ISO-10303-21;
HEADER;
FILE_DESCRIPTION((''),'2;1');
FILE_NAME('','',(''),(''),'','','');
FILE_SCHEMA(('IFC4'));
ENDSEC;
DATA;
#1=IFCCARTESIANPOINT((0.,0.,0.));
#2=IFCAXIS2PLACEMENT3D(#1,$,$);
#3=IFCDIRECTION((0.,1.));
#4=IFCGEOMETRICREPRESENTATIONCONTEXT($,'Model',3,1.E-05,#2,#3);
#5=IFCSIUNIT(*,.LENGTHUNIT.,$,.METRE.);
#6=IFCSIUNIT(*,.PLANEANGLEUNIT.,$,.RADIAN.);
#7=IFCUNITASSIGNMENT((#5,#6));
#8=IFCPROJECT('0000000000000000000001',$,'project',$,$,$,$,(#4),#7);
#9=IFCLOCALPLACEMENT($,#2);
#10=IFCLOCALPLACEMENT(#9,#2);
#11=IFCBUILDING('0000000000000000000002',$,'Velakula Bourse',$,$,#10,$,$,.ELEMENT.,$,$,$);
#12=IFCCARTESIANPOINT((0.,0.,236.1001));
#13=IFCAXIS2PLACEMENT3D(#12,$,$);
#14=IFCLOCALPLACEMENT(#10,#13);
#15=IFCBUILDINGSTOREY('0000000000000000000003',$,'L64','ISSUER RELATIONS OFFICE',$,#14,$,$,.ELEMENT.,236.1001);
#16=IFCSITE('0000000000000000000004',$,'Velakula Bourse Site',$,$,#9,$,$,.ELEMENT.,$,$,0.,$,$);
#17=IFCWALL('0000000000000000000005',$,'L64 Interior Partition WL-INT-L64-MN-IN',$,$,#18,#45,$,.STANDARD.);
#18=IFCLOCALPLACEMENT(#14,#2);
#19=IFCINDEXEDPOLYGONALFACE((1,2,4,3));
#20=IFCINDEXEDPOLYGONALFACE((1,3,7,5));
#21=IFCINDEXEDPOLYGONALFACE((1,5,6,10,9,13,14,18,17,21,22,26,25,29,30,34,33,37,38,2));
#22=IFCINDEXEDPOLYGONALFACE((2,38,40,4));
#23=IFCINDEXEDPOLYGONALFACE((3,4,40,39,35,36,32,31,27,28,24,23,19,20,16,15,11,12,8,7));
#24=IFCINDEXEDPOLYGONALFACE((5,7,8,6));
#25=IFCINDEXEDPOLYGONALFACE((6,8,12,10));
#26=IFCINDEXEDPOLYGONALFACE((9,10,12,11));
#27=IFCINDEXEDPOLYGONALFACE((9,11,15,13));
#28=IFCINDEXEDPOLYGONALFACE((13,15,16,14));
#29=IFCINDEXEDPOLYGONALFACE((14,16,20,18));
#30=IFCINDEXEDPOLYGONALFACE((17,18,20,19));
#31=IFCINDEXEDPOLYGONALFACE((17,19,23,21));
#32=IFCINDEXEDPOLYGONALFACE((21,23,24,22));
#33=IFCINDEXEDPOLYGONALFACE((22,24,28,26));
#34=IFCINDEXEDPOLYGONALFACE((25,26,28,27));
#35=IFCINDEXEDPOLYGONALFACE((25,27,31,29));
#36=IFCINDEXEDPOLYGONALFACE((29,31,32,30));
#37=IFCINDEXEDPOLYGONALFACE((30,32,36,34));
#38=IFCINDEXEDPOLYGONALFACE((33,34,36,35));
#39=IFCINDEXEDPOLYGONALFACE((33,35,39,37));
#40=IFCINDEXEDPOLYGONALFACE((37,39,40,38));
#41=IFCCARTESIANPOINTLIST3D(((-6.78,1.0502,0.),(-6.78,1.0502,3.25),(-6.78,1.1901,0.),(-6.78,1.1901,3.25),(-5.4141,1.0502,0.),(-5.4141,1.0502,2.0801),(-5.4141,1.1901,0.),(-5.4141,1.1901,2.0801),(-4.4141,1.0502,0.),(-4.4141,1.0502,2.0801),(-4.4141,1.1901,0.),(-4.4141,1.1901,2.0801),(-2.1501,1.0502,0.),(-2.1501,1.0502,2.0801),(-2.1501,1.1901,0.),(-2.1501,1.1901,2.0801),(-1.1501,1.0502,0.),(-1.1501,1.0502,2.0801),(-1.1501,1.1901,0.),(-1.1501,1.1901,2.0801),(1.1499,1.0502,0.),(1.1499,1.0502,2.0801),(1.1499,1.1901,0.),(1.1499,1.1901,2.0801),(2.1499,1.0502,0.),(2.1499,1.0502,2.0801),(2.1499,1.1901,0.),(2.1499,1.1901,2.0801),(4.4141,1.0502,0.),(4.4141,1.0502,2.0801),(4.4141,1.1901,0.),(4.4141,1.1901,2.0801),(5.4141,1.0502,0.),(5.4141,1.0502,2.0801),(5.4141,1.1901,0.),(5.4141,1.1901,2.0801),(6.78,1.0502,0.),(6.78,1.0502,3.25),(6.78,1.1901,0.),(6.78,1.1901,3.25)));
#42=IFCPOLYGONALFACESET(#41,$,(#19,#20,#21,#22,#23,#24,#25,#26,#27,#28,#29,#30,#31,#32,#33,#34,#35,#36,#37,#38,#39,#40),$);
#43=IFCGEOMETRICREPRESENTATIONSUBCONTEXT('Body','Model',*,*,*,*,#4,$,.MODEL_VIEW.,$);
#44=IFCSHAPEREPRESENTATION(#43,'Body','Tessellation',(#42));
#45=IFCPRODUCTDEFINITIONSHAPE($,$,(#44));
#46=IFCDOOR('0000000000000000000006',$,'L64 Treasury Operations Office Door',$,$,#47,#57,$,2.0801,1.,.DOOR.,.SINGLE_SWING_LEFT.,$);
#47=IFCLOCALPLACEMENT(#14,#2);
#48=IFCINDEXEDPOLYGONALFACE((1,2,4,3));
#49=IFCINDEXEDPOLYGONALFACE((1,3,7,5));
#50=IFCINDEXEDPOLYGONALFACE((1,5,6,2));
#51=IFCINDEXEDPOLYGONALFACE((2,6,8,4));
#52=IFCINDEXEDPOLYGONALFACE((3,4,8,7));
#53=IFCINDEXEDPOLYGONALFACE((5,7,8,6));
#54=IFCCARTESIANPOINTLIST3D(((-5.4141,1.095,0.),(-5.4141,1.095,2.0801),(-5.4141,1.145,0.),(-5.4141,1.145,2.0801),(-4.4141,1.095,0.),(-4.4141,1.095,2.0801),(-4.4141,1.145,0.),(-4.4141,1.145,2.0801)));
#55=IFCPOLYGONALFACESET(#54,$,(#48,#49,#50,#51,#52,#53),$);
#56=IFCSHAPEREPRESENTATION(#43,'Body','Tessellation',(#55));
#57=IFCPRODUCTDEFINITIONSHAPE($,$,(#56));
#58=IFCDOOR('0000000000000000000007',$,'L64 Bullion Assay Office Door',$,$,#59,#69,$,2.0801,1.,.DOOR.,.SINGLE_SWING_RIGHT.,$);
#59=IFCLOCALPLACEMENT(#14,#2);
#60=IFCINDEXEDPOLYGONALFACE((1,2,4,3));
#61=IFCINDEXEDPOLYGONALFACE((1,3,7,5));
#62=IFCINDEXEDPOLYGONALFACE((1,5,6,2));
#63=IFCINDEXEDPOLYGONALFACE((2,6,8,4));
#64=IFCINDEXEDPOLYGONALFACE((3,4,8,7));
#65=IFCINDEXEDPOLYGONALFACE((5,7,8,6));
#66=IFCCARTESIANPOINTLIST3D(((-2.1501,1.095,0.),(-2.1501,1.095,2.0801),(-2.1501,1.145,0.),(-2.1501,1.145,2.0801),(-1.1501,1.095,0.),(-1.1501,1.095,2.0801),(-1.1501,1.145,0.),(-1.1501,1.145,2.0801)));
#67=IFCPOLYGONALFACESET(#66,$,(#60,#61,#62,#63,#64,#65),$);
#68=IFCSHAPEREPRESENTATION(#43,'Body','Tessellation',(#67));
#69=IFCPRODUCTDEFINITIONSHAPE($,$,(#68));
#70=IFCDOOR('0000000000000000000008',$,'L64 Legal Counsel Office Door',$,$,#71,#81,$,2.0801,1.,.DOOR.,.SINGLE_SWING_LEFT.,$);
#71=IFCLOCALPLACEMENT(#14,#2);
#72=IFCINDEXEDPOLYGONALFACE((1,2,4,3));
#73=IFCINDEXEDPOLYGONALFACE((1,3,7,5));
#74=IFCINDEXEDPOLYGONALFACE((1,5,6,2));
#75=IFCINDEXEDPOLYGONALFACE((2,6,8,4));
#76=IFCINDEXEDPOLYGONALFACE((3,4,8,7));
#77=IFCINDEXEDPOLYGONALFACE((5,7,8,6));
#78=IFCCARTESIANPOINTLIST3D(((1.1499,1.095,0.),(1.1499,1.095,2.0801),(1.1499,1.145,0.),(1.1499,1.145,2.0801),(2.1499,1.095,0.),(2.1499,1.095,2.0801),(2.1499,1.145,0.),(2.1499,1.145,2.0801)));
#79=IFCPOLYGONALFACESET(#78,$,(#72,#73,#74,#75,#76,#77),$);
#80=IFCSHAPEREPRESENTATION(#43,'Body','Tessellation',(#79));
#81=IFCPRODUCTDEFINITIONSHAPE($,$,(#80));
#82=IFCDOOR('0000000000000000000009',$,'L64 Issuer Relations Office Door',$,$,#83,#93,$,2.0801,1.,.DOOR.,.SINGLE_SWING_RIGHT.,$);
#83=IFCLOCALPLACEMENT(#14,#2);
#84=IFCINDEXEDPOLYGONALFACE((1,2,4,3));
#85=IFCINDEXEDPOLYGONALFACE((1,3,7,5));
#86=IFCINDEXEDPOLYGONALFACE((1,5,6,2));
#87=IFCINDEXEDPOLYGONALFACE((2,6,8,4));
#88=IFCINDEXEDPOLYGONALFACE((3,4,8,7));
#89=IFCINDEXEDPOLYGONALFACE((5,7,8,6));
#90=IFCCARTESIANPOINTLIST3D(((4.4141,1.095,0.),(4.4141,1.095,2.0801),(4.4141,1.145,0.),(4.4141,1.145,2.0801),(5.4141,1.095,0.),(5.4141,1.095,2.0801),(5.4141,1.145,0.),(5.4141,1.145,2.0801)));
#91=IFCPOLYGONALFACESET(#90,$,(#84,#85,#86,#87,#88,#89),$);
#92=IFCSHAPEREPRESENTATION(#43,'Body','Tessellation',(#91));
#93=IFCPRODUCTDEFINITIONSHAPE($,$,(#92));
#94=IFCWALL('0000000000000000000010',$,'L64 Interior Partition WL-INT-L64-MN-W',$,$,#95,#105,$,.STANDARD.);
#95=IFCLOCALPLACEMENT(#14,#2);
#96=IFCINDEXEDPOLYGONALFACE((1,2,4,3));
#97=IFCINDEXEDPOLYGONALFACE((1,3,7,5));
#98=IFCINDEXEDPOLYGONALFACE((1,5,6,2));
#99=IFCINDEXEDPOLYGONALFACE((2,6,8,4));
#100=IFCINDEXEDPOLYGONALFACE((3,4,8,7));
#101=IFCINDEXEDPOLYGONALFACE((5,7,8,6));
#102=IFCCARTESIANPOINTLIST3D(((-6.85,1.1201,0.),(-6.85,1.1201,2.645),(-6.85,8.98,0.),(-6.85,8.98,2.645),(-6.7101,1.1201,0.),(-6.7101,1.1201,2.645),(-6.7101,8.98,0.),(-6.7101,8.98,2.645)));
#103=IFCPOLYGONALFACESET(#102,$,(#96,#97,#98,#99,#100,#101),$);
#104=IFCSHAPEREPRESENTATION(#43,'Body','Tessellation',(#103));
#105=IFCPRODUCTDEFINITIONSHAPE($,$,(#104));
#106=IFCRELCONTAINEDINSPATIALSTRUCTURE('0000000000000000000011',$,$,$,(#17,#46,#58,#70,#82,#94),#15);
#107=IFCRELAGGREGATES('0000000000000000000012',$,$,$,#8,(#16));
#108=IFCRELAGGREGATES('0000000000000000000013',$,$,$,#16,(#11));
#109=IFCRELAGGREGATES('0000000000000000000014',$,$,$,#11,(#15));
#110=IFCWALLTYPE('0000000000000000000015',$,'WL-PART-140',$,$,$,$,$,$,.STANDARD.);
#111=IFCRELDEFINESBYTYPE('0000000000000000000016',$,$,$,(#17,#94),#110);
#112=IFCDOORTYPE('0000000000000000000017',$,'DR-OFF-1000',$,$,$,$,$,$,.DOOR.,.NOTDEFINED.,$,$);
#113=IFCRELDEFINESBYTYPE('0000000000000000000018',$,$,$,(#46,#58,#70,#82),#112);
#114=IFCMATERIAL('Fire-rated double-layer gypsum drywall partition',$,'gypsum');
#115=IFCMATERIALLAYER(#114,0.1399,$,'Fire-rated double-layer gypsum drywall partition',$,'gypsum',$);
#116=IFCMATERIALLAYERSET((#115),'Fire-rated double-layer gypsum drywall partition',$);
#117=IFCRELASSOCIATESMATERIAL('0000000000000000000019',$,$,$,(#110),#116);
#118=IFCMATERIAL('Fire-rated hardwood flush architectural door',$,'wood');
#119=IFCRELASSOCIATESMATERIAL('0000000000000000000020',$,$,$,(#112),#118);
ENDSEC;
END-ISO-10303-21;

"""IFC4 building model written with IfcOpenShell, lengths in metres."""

from ifc_helpers import new_model, si_unit, direction, frame, frame_2d, origin, place, context, subcontext, project, spatial, rectangle, extrude, material, layer, layer_set, type_object, element, fill, save


model = new_model("IFC4")

# Units and contexts
model_context = context("Model", 3, precision=1e-05, world=origin(), true_north=direction((0.0, 1.0)))
body_context = subcontext(model_context, "Body", "Model", "MODEL_VIEW")
ifc_project = project(units=[si_unit("LENGTHUNIT", "METRE"), si_unit("PLANEANGLEUNIT", "RADIAN")], contexts=[model_context])

# Site, building, storey
site_placement = place(None, origin())
site = spatial("IfcSite", under=ifc_project, at=site_placement, Name="Velakula Bourse Site", CompositionType="ELEMENT", RefElevation=0.0)
building_placement = place(site_placement, origin())
building = spatial("IfcBuilding", under=site, at=building_placement, Name="Velakula Bourse", CompositionType="ELEMENT")
storey_placement = place(building_placement, frame((0.0, 0.0, 236.1001)))
storey = spatial("IfcBuildingStorey", under=building, at=storey_placement, Name="L64", Description="ISSUER RELATIONS OFFICE", CompositionType="ELEMENT", Elevation=236.1001)

# Shared definitions
ifc_material_1 = material(Name="Fire-rated double-layer gypsum drywall partition", Category="gypsum")

# Wall, openings, doors
ifc_layer_1 = layer(ifc_material_1, 0.1399, Name="Fire-rated double-layer gypsum drywall partition", Category="gypsum")
ifc_layer_set_1 = layer_set([ifc_layer_1], Name="Fire-rated double-layer gypsum drywall partition")
wall_type_1 = type_object("IfcWallType", Name="WL-PART-140", PredefinedType="STANDARD", material=ifc_layer_set_1)
wall_1_placement = place(storey_placement, frame((-6.78, 1.1201, 0.0), z_axis=(0.0, 0.0, 1.0), x_axis=(1.0, 0.0, 0.0)))
wall_1 = element("IfcWall", 1, at=wall_1_placement, inside=storey, type_object=wall_type_1, Name="L64 Interior Partition WL-INT-L64-MN-IN", PredefinedType="STANDARD", context=body_context, shape_type="SweptSolid", body=[
    extrude(rectangle(XDim=13.5601, YDim=0.1399, at=frame_2d((6.78, 0.0))), origin(), (0.0, 0.0, 1.0), 3.25),
])
opening_1_placement = place(wall_1_placement, frame((1.366, 0.0, 0.0)))
opening_1 = element("IfcOpeningElement", 2, at=opening_1_placement, cuts=wall_1, PredefinedType="OPENING", context=body_context, shape_type="SweptSolid", body=[
    extrude(rectangle(XDim=1.0, YDim=2.0801, at=frame_2d((0.5, 1.04))), frame((0.0, 0.0798, 0.0), z_axis=(0.0, -1.0, 0.0), x_axis=(1.0, 0.0, 0.0)), (0.0, 0.0, 1.0), 0.1599),
])
opening_2_placement = place(wall_1_placement, frame((4.6299, 0.0, 0.0)))
opening_2 = element("IfcOpeningElement", 3, at=opening_2_placement, cuts=wall_1, PredefinedType="OPENING", context=body_context, shape_type="SweptSolid", body=[
    extrude(rectangle(XDim=1.0, YDim=2.0801, at=frame_2d((0.5, 1.04))), frame((0.0, 0.0798, 0.0), z_axis=(0.0, -1.0, 0.0), x_axis=(1.0, 0.0, 0.0)), (0.0, 0.0, 1.0), 0.1599),
])
opening_3_placement = place(wall_1_placement, frame((7.9299, 0.0, 0.0)))
opening_3 = element("IfcOpeningElement", 4, at=opening_3_placement, cuts=wall_1, PredefinedType="OPENING", context=body_context, shape_type="SweptSolid", body=[
    extrude(rectangle(XDim=1.0, YDim=2.0801, at=frame_2d((0.5, 1.04))), frame((0.0, 0.0798, 0.0), z_axis=(0.0, -1.0, 0.0), x_axis=(1.0, 0.0, 0.0)), (0.0, 0.0, 1.0), 0.1599),
])
opening_4_placement = place(wall_1_placement, frame((11.1941, 0.0, 0.0)))
opening_4 = element("IfcOpeningElement", 5, at=opening_4_placement, cuts=wall_1, PredefinedType="OPENING", context=body_context, shape_type="SweptSolid", body=[
    extrude(rectangle(XDim=1.0, YDim=2.0801, at=frame_2d((0.5, 1.04))), frame((0.0, 0.0798, 0.0), z_axis=(0.0, -1.0, 0.0), x_axis=(1.0, 0.0, 0.0)), (0.0, 0.0, 1.0), 0.1599),
])
ifc_material_2 = material(Name="Fire-rated hardwood flush architectural door", Category="wood")
door_type = type_object("IfcDoorType", Name="DR-OFF-1000", OperationType="NOTDEFINED", PredefinedType="DOOR", material=ifc_material_2)
door_1_placement = place(opening_1_placement, origin())
door_1 = element("IfcDoor", 6, at=door_1_placement, inside=storey, type_object=door_type, Name="L64 Treasury Operations Office Door", OperationType="SINGLE_SWING_LEFT", OverallHeight=2.0801, OverallWidth=1.0, PredefinedType="DOOR", context=body_context, shape_type="SweptSolid", body=[
    extrude(rectangle(XDim=1.0, YDim=2.0801, at=frame_2d((0.5, 1.04))), frame((0.0, 0.0249, 0.0), z_axis=(0.0, -1.0, 0.0), x_axis=(1.0, 0.0, 0.0)), (0.0, 0.0, 1.0), 0.05),
])
fill(opening_1, door_1)
door_2_placement = place(opening_2_placement, origin())
door_2 = element("IfcDoor", 7, at=door_2_placement, inside=storey, type_object=door_type, Name="L64 Bullion Assay Office Door", OperationType="SINGLE_SWING_RIGHT", OverallHeight=2.0801, OverallWidth=1.0, PredefinedType="DOOR", context=body_context, shape_type="SweptSolid", body=[
    extrude(rectangle(XDim=1.0, YDim=2.0801, at=frame_2d((0.5, 1.04))), frame((0.0, 0.0249, 0.0), z_axis=(0.0, -1.0, 0.0), x_axis=(1.0, 0.0, 0.0)), (0.0, 0.0, 1.0), 0.05),
])
fill(opening_2, door_2)
door_3_placement = place(opening_3_placement, origin())
door_3 = element("IfcDoor", 8, at=door_3_placement, inside=storey, type_object=door_type, Name="L64 Legal Counsel Office Door", OperationType="SINGLE_SWING_LEFT", OverallHeight=2.0801, OverallWidth=1.0, PredefinedType="DOOR", context=body_context, shape_type="SweptSolid", body=[
    extrude(rectangle(XDim=1.0, YDim=2.0801, at=frame_2d((0.5, 1.04))), frame((0.0, 0.0249, 0.0), z_axis=(0.0, -1.0, 0.0), x_axis=(1.0, 0.0, 0.0)), (0.0, 0.0, 1.0), 0.05),
])
fill(opening_3, door_3)
door_4_placement = place(opening_4_placement, origin())
door_4 = element("IfcDoor", 9, at=door_4_placement, inside=storey, type_object=door_type, Name="L64 Issuer Relations Office Door", OperationType="SINGLE_SWING_RIGHT", OverallHeight=2.0801, OverallWidth=1.0, PredefinedType="DOOR", context=body_context, shape_type="SweptSolid", body=[
    extrude(rectangle(XDim=1.0, YDim=2.0801, at=frame_2d((0.5, 1.04))), frame((0.0, 0.0249, 0.0), z_axis=(0.0, -1.0, 0.0), x_axis=(1.0, 0.0, 0.0)), (0.0, 0.0, 1.0), 0.05),
])
fill(opening_4, door_4)

# Wall
wall_2_placement = place(storey_placement, frame((-6.78, 1.1201, 0.0), z_axis=(0.0, 0.0, 1.0), x_axis=(0.0, 1.0, 0.0)))
element("IfcWall", 10, at=wall_2_placement, inside=storey, type_object=wall_type_1, Name="L64 Interior Partition WL-INT-L64-MN-W", PredefinedType="STANDARD", context=body_context, shape_type="SweptSolid", body=[
    extrude(rectangle(XDim=7.8599, YDim=0.1399, at=frame_2d((3.9299, 0.0))), origin(), (0.0, 0.0, 1.0), 2.645),
])

save(model, "model.ifc")
